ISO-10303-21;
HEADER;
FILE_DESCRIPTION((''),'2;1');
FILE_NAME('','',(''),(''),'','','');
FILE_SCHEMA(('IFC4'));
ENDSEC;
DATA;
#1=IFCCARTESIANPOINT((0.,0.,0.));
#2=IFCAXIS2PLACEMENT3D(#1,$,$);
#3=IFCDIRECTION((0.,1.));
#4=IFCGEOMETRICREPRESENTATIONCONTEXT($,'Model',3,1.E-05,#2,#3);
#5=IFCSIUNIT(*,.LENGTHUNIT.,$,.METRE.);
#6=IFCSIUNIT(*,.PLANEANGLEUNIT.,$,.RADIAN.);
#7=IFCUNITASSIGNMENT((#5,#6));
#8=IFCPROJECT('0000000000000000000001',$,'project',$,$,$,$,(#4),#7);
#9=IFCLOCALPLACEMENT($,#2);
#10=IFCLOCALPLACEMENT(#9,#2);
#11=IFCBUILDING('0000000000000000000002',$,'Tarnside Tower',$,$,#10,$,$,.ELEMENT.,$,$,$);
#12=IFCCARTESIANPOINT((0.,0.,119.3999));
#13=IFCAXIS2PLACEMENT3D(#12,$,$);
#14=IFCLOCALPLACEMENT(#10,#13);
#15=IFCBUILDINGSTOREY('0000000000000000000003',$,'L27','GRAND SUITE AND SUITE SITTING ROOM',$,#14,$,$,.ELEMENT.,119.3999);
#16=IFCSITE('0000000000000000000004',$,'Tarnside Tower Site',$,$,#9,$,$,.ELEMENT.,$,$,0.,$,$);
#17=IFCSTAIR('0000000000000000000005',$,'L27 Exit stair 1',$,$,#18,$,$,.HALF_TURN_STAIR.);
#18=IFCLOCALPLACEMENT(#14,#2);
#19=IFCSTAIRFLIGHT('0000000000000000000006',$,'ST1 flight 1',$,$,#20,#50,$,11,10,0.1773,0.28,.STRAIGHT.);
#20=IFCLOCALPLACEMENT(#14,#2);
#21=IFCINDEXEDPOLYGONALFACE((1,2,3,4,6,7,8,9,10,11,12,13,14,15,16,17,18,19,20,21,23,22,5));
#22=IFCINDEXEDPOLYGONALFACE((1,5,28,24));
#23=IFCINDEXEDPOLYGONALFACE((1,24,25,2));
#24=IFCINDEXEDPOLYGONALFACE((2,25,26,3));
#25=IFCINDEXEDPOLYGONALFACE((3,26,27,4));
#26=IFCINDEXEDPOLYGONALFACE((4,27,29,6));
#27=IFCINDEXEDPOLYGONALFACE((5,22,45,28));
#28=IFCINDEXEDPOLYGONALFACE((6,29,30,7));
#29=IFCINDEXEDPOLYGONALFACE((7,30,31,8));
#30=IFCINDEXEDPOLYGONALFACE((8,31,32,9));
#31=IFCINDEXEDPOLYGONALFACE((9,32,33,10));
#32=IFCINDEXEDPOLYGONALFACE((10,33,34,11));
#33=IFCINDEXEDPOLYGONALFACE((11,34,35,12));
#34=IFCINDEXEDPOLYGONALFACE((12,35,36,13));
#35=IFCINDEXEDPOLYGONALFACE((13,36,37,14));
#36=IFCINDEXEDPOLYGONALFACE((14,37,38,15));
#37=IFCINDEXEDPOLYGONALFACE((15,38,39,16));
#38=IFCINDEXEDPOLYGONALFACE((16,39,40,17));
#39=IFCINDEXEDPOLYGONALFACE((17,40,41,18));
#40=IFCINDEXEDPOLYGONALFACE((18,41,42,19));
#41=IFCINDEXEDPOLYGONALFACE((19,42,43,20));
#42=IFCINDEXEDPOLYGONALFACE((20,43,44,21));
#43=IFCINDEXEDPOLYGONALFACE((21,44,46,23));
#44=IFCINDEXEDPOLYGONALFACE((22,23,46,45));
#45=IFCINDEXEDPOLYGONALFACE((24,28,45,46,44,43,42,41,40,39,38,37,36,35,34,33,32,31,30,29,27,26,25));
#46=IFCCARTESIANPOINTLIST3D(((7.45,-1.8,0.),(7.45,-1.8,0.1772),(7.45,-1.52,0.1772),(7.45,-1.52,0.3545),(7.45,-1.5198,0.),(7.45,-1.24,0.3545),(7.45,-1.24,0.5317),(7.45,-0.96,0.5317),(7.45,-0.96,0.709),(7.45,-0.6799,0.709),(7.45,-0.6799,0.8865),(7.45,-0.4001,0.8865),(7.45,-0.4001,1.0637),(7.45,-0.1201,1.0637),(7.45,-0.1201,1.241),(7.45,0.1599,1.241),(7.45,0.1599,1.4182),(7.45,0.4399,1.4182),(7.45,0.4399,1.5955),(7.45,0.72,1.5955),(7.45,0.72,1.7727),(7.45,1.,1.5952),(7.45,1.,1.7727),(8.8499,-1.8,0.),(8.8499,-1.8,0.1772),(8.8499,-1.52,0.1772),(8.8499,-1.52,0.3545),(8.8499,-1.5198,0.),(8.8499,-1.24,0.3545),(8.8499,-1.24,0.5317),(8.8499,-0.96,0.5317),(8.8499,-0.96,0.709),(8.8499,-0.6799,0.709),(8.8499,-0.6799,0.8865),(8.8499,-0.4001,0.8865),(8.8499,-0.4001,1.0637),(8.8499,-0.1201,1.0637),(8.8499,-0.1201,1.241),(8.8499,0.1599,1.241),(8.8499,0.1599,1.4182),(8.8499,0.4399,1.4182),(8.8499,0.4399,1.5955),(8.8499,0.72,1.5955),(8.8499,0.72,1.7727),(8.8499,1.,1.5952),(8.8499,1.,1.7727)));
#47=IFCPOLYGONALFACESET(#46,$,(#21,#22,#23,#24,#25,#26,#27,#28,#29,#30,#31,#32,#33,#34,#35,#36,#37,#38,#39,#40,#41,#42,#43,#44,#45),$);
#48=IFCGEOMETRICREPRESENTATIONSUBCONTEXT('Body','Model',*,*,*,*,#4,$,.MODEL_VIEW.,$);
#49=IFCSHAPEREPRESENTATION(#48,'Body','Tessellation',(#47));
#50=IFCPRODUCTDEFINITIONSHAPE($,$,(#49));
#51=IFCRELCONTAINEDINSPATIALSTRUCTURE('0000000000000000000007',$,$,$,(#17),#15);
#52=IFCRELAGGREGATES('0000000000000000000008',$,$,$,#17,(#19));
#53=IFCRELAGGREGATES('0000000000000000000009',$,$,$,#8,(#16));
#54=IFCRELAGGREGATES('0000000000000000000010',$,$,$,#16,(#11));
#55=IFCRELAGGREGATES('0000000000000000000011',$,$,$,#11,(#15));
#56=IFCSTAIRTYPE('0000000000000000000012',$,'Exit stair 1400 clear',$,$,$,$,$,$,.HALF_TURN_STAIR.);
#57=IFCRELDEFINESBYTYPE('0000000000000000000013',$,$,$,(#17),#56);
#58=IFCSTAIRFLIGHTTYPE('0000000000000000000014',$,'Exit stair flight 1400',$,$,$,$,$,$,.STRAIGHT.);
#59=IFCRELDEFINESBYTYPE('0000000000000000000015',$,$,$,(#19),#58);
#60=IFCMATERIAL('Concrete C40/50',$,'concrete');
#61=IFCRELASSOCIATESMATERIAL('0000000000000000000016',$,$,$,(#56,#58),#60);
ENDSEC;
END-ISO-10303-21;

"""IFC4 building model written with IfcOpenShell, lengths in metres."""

from ifc_helpers import new_model, si_unit, direction, frame, origin, place, context, subcontext, project, spatial, polyline, outline, extrude, material, type_object, element, aggregate, save


model = new_model("IFC4")

# Units and contexts
model_context = context("Model", 3, precision=1e-05, world=origin(), true_north=direction((0.0, 1.0)))
body_context = subcontext(model_context, "Body", "Model", "MODEL_VIEW")
ifc_project = project(units=[si_unit("LENGTHUNIT", "METRE"), si_unit("PLANEANGLEUNIT", "RADIAN")], contexts=[model_context])

# Site, building, storey
site_placement = place(None, origin())
site = spatial("IfcSite", under=ifc_project, at=site_placement, Name="Tarnside Tower Site", CompositionType="ELEMENT", RefElevation=0.0)
building_placement = place(site_placement, origin())
building = spatial("IfcBuilding", under=site, at=building_placement, Name="Tarnside Tower", CompositionType="ELEMENT")
storey_placement = place(building_placement, frame((0.0, 0.0, 119.3999)))
storey = spatial("IfcBuildingStorey", under=building, at=storey_placement, Name="L27", Description="GRAND SUITE AND SUITE SITTING ROOM", CompositionType="ELEMENT", Elevation=119.3999)

# Shared definitions
ifc_material_1 = material(Name="Concrete C40/50", Category="concrete")

# Stair, stair flight
stair_type = type_object("IfcStairType", Name="Exit stair 1400 clear", PredefinedType="HALF_TURN_STAIR", material=ifc_material_1)
stair_placement = place(storey_placement, origin())
stair = element("IfcStair", 1, at=stair_placement, inside=storey, type_object=stair_type, Name="L27 Exit stair 1", PredefinedType="HALF_TURN_STAIR")
stair_flight_type = type_object("IfcStairFlightType", Name="Exit stair flight 1400", PredefinedType="STRAIGHT", material=ifc_material_1)
stair_flight_placement = place(storey_placement, frame((8.1499, -1.8, 0.0), z_axis=(0.0, 0.0, 1.0), x_axis=(0.0, 1.0, 0.0)))
stair_flight = element("IfcStairFlight", 2, at=stair_flight_placement, type_object=stair_flight_type, Name="ST1 flight 1", NumberOfRisers=11, NumberOfTreads=10, PredefinedType="STRAIGHT", RiserHeight=0.1773, TreadLength=0.28, context=body_context, shape_type="SweptSolid", body=[
    extrude(outline(polyline([(0.0, 0.0), (0.0, 0.1772), (0.28, 0.1772), (0.28, 0.3545), (0.5601, 0.3545), (0.5601, 0.5317), (0.8401, 0.5317), (0.8401, 0.709), (1.1201, 0.709), (1.1201, 0.8865), (1.3999, 0.8865), (1.3999, 1.0637), (1.6799, 1.0637), (1.6799, 1.241), (1.96, 1.241), (1.96, 1.4182), (2.24, 1.4182), (2.24, 1.5955), (2.52, 1.5955), (2.52, 1.7727), (2.8, 1.7727), (2.8, 1.95), (2.8, 1.5952), (0.2803, 0.0), (0.0, 0.0)])), frame((0.0, 0.7, 0.0), z_axis=(0.0, -1.0, 0.0), x_axis=(1.0, 0.0, 0.0)), (0.0, 0.0, 1.0), 1.3999),
])
aggregate(stair, [stair_flight])

save(model, "model.ifc")
